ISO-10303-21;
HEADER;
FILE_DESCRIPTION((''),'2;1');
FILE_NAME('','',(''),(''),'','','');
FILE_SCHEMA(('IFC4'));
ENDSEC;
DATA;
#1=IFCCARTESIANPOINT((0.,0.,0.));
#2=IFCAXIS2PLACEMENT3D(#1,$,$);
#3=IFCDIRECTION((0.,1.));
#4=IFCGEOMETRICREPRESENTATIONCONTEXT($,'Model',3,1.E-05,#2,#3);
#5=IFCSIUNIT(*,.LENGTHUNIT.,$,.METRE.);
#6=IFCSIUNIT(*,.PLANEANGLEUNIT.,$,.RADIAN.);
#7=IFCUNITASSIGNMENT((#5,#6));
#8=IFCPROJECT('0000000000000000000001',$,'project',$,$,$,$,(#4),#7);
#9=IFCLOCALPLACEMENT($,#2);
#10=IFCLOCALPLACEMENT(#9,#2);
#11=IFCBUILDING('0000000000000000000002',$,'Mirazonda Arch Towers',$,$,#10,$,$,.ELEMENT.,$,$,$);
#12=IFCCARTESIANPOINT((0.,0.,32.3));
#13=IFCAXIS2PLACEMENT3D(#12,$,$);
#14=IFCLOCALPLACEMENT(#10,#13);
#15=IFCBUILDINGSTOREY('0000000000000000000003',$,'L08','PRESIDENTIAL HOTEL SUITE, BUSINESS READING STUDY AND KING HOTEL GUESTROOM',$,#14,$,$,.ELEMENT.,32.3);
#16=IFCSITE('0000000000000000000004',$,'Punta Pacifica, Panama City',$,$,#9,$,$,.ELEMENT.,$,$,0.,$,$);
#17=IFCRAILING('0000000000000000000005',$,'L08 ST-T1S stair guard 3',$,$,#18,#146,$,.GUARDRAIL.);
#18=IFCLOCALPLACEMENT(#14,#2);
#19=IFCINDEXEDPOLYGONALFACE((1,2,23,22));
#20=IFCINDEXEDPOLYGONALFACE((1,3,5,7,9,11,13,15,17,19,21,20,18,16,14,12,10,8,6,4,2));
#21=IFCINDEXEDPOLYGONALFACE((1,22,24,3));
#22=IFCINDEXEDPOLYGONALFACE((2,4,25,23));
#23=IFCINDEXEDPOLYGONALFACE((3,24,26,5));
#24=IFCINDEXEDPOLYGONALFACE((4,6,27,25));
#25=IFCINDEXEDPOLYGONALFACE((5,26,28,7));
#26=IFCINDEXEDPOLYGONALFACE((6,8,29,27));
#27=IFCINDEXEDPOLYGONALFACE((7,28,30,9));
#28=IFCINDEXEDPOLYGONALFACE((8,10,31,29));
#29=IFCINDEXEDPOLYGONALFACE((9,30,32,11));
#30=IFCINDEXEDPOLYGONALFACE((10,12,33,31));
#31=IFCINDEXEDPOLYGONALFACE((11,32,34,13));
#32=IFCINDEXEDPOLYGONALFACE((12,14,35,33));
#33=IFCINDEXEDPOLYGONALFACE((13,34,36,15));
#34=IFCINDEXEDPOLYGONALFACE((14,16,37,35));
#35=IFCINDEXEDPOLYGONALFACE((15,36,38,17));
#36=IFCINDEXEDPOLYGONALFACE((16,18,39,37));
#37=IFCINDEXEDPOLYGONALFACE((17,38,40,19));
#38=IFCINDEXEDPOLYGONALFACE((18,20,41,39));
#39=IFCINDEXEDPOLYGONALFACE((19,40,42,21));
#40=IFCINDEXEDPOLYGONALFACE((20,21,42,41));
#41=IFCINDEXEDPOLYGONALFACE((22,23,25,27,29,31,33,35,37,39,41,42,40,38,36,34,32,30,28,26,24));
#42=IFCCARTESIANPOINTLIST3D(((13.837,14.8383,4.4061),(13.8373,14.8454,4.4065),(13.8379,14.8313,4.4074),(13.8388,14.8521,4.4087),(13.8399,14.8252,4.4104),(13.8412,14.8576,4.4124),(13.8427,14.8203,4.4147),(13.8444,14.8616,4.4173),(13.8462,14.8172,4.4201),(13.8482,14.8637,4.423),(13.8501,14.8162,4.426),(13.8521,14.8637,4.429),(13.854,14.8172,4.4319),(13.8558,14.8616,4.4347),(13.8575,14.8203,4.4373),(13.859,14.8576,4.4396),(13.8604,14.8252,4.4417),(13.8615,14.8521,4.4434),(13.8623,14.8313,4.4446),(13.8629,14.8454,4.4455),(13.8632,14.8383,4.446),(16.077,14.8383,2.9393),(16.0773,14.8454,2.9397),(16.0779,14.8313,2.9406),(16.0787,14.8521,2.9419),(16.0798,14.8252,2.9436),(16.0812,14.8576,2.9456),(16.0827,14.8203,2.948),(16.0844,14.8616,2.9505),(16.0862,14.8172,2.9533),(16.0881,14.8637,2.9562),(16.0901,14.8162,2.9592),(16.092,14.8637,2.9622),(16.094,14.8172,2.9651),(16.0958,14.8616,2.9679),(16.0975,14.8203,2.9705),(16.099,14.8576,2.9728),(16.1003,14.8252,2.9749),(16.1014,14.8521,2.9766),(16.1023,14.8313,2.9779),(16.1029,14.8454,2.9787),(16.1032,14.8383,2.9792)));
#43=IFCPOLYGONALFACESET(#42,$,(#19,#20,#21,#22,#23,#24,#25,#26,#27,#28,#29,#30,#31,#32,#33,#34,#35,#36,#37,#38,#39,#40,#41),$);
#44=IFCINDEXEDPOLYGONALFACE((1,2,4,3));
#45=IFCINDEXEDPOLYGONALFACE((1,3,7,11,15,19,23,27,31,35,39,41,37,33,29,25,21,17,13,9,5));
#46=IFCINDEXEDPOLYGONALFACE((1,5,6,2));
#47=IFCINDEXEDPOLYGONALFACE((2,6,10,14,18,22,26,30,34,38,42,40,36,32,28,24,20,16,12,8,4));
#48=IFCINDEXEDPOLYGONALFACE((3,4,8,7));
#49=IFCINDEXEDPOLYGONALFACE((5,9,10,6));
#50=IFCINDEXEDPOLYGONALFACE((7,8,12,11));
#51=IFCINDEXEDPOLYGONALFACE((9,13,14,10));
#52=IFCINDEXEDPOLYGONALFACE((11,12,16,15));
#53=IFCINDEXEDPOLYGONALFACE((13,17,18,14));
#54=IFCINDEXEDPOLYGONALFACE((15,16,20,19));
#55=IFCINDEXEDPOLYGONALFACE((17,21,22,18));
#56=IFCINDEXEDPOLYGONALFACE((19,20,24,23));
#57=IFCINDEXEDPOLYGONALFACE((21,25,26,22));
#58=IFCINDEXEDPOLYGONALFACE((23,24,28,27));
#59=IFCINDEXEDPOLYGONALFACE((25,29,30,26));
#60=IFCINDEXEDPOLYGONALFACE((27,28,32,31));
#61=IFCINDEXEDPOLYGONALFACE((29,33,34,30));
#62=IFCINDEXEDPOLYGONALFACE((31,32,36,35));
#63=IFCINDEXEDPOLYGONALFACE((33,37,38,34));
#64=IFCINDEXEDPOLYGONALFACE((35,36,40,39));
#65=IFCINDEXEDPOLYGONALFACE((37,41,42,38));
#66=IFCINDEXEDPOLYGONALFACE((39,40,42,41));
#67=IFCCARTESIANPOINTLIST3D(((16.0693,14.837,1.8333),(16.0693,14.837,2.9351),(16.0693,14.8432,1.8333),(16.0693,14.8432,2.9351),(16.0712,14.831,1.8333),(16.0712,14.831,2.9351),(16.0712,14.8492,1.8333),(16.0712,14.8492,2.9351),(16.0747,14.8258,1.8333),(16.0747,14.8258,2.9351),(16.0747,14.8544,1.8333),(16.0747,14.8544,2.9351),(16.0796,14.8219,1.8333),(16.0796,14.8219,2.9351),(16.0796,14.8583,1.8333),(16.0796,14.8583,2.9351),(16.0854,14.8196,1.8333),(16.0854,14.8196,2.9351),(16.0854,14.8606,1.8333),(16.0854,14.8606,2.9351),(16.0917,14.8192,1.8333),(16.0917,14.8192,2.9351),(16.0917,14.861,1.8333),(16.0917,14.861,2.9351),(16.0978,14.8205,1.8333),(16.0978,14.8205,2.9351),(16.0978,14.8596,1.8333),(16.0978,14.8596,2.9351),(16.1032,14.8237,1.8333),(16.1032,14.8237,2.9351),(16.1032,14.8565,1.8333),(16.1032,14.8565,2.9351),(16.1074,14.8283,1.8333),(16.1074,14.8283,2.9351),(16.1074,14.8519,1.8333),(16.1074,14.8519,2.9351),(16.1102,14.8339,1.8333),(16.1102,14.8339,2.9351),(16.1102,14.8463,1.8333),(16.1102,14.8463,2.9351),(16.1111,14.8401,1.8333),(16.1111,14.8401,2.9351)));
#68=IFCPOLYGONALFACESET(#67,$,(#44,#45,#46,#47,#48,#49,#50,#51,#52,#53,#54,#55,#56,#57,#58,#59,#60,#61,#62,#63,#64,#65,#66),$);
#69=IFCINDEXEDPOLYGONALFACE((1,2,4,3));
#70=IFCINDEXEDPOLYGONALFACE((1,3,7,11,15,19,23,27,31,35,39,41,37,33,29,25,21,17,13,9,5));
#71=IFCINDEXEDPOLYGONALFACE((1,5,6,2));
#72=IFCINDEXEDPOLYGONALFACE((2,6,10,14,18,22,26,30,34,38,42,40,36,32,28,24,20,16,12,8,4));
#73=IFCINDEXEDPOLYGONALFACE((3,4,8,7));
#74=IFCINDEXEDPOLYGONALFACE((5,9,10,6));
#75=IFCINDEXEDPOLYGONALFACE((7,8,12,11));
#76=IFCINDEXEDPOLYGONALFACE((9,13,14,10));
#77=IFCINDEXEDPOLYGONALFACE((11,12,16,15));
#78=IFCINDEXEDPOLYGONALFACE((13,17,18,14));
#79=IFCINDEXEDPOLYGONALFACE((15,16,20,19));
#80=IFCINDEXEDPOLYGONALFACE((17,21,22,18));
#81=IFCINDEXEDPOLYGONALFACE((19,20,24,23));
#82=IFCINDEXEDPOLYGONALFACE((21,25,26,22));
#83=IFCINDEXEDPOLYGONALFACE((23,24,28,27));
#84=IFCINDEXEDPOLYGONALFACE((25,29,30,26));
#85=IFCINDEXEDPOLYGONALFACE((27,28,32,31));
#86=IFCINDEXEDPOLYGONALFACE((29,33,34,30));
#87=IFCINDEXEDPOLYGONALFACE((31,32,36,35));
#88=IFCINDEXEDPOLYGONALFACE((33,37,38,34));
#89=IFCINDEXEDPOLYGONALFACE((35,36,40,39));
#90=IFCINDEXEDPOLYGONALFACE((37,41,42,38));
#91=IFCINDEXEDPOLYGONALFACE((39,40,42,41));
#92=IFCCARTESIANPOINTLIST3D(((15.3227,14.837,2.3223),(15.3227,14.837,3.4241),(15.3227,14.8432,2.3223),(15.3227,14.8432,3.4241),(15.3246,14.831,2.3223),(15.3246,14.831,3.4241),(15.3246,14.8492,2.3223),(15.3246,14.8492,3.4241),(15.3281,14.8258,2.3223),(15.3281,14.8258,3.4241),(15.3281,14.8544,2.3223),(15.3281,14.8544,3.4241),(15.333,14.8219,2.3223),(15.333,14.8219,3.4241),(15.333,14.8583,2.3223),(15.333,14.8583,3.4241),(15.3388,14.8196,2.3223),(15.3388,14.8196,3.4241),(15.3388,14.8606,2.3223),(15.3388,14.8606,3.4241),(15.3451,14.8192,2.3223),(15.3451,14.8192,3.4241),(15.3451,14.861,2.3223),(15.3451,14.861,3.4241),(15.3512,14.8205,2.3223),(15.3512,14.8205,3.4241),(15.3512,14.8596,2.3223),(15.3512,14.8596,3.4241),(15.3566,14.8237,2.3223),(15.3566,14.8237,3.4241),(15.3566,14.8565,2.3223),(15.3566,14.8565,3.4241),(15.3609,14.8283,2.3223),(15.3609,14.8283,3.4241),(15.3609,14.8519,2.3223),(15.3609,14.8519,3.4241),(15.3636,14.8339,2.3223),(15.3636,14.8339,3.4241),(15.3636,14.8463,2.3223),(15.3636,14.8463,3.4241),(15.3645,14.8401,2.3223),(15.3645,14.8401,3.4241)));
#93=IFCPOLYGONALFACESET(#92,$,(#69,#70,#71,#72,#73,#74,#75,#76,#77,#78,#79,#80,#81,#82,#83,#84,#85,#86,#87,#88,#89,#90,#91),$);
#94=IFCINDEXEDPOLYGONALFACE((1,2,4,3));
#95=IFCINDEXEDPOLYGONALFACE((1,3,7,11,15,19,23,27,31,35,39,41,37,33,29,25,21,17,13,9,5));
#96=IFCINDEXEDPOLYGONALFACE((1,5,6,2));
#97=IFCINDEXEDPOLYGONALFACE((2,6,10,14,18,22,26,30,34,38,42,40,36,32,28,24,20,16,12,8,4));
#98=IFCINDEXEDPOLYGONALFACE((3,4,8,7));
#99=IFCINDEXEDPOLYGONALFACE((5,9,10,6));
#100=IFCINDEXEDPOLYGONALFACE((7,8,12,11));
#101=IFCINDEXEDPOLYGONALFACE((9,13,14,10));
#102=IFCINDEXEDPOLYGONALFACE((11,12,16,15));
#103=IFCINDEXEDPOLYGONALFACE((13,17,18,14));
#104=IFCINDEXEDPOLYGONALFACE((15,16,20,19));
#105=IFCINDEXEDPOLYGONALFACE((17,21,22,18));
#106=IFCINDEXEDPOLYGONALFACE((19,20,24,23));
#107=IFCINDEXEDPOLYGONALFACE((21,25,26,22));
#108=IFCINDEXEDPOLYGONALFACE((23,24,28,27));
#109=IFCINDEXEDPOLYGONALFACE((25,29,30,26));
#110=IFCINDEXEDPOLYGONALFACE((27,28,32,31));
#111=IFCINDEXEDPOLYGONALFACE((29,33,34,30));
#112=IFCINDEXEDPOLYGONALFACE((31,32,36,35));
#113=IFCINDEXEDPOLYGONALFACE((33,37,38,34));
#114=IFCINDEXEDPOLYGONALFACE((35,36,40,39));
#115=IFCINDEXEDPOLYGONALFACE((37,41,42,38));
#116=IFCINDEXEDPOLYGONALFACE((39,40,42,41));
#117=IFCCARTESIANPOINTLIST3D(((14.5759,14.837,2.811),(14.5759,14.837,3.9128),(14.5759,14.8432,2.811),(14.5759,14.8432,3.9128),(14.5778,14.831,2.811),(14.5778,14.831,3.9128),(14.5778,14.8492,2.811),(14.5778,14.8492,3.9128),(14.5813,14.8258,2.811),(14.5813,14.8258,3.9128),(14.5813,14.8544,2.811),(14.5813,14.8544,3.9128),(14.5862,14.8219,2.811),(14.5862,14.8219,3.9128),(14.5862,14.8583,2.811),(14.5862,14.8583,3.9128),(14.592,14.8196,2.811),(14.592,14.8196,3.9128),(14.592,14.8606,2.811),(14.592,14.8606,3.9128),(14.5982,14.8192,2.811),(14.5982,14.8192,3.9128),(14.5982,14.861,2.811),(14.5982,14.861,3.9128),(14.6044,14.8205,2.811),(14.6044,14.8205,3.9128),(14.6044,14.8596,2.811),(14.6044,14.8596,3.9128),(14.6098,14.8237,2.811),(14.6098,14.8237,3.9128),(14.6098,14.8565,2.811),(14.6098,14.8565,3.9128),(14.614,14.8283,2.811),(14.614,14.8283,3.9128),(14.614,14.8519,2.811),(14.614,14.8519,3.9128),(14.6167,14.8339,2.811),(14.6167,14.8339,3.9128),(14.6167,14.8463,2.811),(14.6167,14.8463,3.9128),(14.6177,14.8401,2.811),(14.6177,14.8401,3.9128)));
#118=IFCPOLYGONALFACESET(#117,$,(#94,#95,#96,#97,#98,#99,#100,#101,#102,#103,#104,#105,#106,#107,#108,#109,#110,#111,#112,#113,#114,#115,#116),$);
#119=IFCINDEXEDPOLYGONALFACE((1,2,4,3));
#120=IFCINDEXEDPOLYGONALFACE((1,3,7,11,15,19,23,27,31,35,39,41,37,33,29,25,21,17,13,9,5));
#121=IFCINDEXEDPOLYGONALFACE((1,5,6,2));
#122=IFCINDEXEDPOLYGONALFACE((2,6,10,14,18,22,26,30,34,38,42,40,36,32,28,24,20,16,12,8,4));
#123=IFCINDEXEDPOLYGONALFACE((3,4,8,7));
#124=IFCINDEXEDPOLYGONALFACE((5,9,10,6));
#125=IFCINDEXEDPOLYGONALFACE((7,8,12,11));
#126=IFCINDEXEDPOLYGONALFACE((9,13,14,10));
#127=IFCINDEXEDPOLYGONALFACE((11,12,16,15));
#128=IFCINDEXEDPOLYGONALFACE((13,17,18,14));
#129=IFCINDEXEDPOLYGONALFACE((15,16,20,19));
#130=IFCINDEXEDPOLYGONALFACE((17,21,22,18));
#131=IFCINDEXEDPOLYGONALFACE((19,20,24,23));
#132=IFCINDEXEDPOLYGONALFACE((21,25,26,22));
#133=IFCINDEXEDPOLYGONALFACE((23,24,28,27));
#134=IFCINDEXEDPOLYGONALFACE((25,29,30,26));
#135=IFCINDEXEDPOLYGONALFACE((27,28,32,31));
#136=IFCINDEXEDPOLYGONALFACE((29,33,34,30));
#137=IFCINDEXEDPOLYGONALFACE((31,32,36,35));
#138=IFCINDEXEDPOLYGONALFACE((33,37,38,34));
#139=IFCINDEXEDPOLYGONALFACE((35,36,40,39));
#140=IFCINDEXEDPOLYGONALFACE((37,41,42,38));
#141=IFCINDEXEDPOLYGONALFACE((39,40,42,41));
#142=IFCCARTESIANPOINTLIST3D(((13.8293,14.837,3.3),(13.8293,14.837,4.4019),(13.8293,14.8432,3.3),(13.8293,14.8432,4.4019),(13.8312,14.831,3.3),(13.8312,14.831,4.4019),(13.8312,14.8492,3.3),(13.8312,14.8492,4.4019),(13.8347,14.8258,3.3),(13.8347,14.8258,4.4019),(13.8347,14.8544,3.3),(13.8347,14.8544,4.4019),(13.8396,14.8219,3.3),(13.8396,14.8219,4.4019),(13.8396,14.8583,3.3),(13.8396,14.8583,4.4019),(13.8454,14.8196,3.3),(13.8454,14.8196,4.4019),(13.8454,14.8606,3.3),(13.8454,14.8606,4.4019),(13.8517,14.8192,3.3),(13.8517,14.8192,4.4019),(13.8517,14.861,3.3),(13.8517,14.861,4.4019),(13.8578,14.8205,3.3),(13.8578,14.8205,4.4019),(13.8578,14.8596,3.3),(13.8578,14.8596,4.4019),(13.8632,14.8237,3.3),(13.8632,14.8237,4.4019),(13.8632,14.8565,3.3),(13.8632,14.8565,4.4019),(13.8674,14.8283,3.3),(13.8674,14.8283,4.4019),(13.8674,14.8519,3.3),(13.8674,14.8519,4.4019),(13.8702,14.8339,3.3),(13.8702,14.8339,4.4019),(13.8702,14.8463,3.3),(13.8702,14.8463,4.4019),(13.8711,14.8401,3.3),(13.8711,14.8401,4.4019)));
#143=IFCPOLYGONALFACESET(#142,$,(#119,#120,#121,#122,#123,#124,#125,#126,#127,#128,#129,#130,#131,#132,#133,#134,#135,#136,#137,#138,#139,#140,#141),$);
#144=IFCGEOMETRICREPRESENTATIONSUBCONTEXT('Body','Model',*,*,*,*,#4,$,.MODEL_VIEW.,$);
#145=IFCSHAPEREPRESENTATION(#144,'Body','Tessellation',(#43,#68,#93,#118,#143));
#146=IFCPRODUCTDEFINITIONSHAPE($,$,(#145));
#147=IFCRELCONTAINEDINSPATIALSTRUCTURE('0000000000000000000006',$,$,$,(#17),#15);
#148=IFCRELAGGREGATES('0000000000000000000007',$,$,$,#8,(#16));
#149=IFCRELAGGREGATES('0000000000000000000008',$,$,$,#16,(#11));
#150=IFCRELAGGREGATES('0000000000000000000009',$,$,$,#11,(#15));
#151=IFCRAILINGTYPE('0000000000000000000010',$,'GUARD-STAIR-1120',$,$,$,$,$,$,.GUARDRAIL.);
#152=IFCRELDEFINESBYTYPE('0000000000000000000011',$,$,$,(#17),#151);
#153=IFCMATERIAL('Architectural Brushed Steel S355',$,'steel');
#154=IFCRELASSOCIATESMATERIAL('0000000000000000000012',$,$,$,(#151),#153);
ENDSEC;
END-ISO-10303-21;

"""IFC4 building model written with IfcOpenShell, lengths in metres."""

from ifc_helpers import new_model, si_unit, direction, frame, origin, origin_2d, place, context, subcontext, project, spatial, circle, extrude, material, type_object, element, save


model = new_model("IFC4")

# Units and contexts
model_context = context("Model", 3, precision=1e-05, world=origin(), true_north=direction((0.0, 1.0)))
body_context = subcontext(model_context, "Body", "Model", "MODEL_VIEW")
ifc_project = project(units=[si_unit("LENGTHUNIT", "METRE"), si_unit("PLANEANGLEUNIT", "RADIAN")], contexts=[model_context])

# Site, building, storey
site_placement = place(None, origin())
site = spatial("IfcSite", under=ifc_project, at=site_placement, Name="Punta Pacifica, Panama City", CompositionType="ELEMENT", RefElevation=0.0)
building_placement = place(site_placement, origin())
building = spatial("IfcBuilding", under=site, at=building_placement, Name="Mirazonda Arch Towers", CompositionType="ELEMENT")
storey_placement = place(building_placement, frame((0.0, 0.0, 32.3)))
storey = spatial("IfcBuildingStorey", under=building, at=storey_placement, Name="L08", Description="PRESIDENTIAL HOTEL SUITE, BUSINESS READING STUDY AND KING HOTEL GUESTROOM", CompositionType="ELEMENT", Elevation=32.3)

# Railing
ifc_material_1 = material(Name="Architectural Brushed Steel S355", Category="steel")
railing_type_1 = type_object("IfcRailingType", Name="GUARD-STAIR-1120", PredefinedType="GUARDRAIL", material=ifc_material_1)
railing_1_placement = place(storey_placement, frame((16.0901, 14.8401, 1.8333)))
element("IfcRailing", 1, at=railing_1_placement, inside=storey, type_object=railing_type_1, Name="L08 ST-T1S stair guard 3", PredefinedType="GUARDRAIL", context=body_context, shape_type="SweptSolid", body=[
    extrude(circle(Radius=0.0239, at=origin_2d()), frame((0.0, 0.0, 1.126), z_axis=(-0.836595, 0.0, 0.547822), x_axis=(0.0, -1.0, 0.0)), (0.0, 0.0, 1.0), 2.6775),
    extrude(circle(Radius=0.021, at=origin_2d()), origin(), (0.0, 0.0, 1.0), 1.1018),
    extrude(circle(Radius=0.021, at=origin_2d()), frame((-0.7466, 0.0, 0.489)), (0.0, 0.0, 1.0), 1.1018),
    extrude(circle(Radius=0.021, at=origin_2d()), frame((-1.4934, 0.0, 0.9778)), (0.0, 0.0, 1.0), 1.1018),
    extrude(circle(Radius=0.021, at=origin_2d()), frame((-2.24, 0.0, 1.4668)), (0.0, 0.0, 1.0), 1.1018),
])

save(model, "model.ifc")
